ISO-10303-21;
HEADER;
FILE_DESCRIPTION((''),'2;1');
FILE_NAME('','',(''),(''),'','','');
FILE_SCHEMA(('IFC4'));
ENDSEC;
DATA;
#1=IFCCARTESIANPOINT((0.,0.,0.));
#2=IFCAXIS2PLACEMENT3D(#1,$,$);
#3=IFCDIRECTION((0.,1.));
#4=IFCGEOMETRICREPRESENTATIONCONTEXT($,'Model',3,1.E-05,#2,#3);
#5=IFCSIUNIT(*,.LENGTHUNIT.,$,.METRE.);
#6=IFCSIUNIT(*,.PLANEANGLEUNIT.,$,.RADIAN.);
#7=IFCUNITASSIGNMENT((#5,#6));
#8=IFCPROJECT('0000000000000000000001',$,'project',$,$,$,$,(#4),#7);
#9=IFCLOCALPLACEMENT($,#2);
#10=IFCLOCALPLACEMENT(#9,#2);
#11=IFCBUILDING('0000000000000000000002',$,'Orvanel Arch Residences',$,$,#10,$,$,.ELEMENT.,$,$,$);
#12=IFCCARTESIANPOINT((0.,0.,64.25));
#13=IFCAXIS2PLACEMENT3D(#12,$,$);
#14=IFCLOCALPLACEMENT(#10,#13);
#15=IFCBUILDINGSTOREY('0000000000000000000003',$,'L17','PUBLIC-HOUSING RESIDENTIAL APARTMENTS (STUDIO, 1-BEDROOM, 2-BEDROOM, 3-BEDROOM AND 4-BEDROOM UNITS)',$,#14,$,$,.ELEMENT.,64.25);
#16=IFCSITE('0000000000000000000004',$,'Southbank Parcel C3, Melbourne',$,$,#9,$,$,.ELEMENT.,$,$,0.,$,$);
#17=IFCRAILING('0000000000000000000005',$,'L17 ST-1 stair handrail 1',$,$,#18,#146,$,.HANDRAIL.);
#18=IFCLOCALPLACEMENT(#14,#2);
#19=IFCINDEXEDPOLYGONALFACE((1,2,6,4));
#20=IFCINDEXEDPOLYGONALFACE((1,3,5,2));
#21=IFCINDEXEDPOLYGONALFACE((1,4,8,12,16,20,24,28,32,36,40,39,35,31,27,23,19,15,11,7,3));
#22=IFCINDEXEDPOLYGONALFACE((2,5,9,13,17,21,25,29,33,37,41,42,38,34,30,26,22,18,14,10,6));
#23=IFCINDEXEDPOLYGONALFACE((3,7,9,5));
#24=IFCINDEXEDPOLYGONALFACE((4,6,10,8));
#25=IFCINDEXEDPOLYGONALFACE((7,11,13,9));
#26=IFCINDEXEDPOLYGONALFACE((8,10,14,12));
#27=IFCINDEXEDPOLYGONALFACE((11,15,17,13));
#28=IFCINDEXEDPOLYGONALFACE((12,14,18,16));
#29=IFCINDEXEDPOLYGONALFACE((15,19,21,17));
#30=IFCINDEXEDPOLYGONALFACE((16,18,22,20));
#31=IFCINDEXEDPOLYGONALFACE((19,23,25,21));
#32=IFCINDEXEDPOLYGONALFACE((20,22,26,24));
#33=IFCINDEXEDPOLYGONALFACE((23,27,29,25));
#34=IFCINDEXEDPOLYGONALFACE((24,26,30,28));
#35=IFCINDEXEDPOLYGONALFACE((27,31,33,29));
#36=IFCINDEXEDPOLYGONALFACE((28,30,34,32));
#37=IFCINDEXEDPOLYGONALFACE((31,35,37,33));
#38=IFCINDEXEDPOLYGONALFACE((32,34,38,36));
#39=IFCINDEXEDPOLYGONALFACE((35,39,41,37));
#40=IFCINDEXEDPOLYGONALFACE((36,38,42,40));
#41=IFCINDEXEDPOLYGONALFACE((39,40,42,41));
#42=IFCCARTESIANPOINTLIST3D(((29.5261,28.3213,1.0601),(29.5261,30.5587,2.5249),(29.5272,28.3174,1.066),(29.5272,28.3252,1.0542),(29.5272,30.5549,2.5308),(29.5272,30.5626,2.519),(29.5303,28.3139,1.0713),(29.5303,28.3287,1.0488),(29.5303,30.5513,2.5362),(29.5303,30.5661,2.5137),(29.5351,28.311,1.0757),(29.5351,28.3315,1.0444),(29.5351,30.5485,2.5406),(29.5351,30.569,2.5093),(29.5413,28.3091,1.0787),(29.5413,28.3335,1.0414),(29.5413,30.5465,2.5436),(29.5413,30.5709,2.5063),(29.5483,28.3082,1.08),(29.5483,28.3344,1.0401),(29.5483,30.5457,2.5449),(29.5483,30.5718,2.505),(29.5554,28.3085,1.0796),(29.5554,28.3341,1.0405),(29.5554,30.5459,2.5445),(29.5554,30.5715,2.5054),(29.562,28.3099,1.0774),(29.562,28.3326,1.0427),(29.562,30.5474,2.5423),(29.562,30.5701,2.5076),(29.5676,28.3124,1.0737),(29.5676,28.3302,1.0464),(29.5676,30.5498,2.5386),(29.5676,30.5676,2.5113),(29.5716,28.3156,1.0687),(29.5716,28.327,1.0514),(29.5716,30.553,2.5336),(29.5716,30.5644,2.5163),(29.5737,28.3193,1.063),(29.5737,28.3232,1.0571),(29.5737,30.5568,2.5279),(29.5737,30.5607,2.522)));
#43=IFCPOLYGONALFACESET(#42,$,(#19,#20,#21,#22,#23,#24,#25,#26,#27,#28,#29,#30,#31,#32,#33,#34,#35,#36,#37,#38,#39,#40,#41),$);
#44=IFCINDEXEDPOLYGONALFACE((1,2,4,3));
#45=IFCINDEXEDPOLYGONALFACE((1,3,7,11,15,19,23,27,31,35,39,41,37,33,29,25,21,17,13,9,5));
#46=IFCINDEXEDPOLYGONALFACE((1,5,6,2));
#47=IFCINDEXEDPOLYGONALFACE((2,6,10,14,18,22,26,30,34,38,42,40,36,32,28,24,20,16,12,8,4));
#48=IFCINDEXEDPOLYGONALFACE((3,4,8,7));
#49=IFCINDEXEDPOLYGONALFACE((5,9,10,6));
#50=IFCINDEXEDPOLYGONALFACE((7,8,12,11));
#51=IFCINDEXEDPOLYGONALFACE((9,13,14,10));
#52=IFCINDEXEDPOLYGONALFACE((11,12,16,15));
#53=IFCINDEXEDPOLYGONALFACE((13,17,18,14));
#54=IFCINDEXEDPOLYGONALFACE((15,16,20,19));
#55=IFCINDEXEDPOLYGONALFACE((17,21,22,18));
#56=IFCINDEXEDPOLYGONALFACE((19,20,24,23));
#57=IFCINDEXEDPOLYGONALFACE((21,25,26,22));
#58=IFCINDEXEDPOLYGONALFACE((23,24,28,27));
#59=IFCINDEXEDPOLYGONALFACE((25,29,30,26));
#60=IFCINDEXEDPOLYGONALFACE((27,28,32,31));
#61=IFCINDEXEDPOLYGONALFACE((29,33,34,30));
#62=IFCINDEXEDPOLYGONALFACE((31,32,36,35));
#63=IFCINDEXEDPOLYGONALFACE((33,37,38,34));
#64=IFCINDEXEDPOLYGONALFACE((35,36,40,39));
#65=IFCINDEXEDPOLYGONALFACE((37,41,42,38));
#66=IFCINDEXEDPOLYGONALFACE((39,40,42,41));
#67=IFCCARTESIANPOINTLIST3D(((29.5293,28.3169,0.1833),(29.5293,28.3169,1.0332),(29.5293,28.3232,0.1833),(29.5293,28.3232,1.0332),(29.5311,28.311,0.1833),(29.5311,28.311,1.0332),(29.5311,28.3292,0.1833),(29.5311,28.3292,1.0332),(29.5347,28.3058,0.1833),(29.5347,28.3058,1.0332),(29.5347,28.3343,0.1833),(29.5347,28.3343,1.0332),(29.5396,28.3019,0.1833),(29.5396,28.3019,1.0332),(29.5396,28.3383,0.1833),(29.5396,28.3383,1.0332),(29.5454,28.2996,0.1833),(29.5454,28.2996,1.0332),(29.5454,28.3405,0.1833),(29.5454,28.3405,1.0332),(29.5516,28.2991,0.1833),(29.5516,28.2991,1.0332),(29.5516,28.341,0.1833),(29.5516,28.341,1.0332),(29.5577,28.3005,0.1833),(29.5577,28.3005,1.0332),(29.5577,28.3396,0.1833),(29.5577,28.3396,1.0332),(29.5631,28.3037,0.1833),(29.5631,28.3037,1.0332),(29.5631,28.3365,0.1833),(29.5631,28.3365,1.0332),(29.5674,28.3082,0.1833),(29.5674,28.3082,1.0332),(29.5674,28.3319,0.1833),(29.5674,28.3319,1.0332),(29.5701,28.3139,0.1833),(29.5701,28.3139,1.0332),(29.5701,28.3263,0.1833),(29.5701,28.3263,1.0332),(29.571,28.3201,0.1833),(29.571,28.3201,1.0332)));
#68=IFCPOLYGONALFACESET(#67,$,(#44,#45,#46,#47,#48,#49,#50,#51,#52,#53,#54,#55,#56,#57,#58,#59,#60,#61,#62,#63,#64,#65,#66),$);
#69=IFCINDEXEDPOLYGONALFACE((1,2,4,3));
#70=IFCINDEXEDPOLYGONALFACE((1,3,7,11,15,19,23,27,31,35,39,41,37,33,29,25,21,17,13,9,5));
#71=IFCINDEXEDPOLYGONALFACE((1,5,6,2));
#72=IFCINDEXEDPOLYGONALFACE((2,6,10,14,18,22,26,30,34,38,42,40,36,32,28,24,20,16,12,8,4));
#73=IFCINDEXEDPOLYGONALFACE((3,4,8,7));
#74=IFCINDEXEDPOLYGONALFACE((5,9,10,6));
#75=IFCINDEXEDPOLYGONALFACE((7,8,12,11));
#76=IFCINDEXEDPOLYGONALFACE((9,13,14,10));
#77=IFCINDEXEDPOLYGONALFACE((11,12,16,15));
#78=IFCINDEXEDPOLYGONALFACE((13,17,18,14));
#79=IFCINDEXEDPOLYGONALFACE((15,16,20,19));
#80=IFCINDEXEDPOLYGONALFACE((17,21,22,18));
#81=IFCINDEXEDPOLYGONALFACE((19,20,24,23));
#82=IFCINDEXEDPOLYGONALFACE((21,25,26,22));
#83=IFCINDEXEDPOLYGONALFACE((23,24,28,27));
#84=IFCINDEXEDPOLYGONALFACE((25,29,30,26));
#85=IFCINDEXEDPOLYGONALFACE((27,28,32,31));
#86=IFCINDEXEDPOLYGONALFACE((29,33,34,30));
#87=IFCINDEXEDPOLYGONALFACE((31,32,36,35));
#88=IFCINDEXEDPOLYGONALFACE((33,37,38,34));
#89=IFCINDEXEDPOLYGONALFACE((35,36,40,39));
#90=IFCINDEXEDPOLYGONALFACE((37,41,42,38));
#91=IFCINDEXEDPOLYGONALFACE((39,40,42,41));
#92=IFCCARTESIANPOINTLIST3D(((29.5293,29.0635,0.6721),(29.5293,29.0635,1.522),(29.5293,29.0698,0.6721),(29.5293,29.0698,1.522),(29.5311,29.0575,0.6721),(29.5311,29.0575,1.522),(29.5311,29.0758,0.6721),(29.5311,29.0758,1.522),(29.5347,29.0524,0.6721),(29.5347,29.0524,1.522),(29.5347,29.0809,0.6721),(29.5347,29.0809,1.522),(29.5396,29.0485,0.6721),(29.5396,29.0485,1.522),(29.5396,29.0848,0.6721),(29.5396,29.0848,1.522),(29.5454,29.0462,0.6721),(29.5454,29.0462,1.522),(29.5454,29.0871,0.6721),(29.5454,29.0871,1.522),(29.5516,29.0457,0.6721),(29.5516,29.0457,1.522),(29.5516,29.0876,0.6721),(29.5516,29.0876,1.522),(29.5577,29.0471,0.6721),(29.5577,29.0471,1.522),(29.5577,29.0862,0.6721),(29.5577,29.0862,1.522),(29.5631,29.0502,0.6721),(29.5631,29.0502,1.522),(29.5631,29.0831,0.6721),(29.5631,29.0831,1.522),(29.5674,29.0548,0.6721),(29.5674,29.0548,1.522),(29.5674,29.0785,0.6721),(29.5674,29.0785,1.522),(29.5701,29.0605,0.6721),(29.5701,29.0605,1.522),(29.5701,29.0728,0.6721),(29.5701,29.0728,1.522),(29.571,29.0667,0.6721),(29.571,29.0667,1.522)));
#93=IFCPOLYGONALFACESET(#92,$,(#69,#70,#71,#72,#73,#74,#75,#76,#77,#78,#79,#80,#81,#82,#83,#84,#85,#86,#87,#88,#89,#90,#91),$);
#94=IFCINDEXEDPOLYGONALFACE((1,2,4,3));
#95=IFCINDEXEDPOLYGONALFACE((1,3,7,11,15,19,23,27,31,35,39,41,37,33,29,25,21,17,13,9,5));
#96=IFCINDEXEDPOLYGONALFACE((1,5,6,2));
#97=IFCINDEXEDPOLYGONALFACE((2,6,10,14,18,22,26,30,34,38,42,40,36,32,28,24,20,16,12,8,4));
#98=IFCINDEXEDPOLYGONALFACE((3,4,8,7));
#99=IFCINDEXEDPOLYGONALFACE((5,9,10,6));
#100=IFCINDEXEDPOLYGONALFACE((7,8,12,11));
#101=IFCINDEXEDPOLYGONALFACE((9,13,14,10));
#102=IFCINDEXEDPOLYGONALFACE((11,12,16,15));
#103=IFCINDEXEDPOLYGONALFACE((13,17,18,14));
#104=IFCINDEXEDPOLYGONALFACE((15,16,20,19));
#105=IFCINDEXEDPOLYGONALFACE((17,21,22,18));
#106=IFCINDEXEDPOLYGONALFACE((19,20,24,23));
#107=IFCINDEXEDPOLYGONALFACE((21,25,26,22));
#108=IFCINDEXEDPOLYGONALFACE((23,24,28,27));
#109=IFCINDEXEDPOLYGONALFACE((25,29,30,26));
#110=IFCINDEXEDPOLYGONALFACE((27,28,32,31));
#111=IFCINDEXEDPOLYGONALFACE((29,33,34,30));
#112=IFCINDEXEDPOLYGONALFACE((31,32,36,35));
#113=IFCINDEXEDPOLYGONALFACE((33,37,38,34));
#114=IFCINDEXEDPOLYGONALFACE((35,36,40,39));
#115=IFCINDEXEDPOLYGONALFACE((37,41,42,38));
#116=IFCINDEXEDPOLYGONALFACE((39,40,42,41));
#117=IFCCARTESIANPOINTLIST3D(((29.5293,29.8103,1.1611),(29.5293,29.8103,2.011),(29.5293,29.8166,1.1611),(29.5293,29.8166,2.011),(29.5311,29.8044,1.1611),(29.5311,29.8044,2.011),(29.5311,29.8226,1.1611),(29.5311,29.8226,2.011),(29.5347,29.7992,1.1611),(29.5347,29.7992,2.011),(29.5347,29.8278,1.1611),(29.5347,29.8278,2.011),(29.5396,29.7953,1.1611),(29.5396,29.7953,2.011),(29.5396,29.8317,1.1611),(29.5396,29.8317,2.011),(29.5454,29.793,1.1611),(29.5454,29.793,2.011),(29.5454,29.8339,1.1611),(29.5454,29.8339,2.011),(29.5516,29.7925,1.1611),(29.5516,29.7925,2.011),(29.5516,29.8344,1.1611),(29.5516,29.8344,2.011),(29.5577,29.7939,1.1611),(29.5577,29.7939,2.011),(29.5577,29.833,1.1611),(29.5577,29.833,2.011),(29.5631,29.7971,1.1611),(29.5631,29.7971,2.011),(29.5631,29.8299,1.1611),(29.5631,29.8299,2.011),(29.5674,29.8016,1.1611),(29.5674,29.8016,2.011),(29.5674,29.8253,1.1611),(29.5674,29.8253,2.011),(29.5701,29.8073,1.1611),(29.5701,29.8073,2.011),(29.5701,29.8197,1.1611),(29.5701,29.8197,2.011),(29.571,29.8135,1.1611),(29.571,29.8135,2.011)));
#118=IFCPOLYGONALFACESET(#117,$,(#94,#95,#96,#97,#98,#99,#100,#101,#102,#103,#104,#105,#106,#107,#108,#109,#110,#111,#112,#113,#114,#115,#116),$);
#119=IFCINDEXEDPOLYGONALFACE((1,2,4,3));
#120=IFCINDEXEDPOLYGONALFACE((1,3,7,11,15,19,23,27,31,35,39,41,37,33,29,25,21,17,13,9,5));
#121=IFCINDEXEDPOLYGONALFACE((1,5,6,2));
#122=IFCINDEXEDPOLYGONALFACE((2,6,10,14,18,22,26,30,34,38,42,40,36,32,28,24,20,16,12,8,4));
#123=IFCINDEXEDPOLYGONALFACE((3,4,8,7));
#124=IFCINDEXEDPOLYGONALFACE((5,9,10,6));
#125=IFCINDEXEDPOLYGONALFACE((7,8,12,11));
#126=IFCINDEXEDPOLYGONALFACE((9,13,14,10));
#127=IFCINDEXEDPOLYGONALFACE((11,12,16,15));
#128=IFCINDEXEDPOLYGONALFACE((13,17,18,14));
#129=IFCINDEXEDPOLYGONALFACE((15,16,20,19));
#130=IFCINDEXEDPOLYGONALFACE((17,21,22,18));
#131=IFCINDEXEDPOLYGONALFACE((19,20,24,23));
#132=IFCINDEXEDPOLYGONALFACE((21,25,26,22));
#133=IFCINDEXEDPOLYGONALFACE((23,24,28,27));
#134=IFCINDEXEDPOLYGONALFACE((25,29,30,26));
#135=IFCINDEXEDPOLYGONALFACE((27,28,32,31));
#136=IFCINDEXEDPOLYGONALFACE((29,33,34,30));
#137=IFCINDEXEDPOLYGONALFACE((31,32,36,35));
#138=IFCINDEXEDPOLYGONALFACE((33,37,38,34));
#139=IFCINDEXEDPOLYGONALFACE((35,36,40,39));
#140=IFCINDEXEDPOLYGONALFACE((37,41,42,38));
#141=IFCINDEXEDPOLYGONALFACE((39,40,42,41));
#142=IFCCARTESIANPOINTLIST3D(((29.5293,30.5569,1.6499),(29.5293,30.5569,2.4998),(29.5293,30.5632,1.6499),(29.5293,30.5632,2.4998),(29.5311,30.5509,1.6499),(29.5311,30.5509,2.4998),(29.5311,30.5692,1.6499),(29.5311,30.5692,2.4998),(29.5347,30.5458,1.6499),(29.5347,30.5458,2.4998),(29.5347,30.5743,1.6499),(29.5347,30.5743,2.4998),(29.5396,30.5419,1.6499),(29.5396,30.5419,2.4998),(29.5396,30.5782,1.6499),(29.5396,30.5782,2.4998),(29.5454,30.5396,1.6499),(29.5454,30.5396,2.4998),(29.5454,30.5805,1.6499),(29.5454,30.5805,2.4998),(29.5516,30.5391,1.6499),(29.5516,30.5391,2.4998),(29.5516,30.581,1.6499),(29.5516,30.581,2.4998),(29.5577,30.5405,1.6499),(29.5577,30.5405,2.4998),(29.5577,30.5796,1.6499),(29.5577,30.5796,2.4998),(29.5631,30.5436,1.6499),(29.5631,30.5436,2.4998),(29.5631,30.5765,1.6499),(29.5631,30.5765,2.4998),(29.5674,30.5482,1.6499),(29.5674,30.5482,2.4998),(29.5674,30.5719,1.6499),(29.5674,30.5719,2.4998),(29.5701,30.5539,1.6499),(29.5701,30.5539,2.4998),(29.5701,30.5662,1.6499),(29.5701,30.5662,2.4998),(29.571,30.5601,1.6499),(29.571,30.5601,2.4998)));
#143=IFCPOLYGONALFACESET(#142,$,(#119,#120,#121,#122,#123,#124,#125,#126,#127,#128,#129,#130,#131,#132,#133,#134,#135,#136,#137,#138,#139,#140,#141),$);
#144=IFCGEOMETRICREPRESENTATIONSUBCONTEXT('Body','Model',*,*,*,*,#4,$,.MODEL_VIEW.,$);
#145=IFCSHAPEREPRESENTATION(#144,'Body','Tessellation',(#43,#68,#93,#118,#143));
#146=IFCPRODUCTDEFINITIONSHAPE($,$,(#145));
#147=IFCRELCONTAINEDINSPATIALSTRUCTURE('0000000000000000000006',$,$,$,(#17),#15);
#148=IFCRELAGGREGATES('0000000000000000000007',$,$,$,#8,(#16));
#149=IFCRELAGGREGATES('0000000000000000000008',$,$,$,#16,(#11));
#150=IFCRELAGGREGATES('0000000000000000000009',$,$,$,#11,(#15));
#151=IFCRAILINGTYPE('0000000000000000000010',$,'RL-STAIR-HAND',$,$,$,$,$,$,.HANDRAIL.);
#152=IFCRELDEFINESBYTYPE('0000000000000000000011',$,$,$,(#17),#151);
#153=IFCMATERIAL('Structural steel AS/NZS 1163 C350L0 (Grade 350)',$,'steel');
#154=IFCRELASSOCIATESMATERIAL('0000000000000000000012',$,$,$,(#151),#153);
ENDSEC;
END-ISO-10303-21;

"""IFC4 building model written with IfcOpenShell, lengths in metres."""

from ifc_helpers import new_model, si_unit, direction, frame, origin, origin_2d, place, context, subcontext, project, spatial, circle, extrude, material, type_object, element, save


model = new_model("IFC4")

# Units and contexts
model_context = context("Model", 3, precision=1e-05, world=origin(), true_north=direction((0.0, 1.0)))
body_context = subcontext(model_context, "Body", "Model", "MODEL_VIEW")
ifc_project = project(units=[si_unit("LENGTHUNIT", "METRE"), si_unit("PLANEANGLEUNIT", "RADIAN")], contexts=[model_context])

# Site, building, storey
site_placement = place(None, origin())
site = spatial("IfcSite", under=ifc_project, at=site_placement, Name="Southbank Parcel C3, Melbourne", CompositionType="ELEMENT", RefElevation=0.0)
building_placement = place(site_placement, origin())
building = spatial("IfcBuilding", under=site, at=building_placement, Name="Orvanel Arch Residences", CompositionType="ELEMENT")
storey_placement = place(building_placement, frame((0.0, 0.0, 64.25)))
storey = spatial("IfcBuildingStorey", under=building, at=storey_placement, Name="L17", Description="PUBLIC-HOUSING RESIDENTIAL APARTMENTS (STUDIO, 1-BEDROOM, 2-BEDROOM, 3-BEDROOM AND 4-BEDROOM UNITS)", CompositionType="ELEMENT", Elevation=64.25)

# Railing
ifc_material_1 = material(Name="Structural steel AS/NZS 1163 C350L0 (Grade 350)", Category="steel")
railing_type_1 = type_object("IfcRailingType", Name="RL-STAIR-HAND", PredefinedType="HANDRAIL", material=ifc_material_1)
railing_1_placement = place(storey_placement, frame((29.55, 28.3201, 0.1833)))
element("IfcRailing", 1, at=railing_1_placement, inside=storey, type_object=railing_type_1, Name="L17 ST-1 stair handrail 1", PredefinedType="HANDRAIL", context=body_context, shape_type="SweptSolid", body=[
    extrude(circle(Radius=0.0239, at=origin_2d()), frame((0.0, 0.0012, 0.8767), z_axis=(0.0, 0.836637, 0.547758), x_axis=(-1.0, 0.0, 0.0)), (0.0, 0.0, 1.0), 2.6743),
    extrude(circle(Radius=0.021, at=origin_2d()), origin(), (0.0, 0.0, 1.0), 0.8499),
    extrude(circle(Radius=0.021, at=origin_2d()), frame((0.0, 0.7466, 0.4888)), (0.0, 0.0, 1.0), 0.8499),
    extrude(circle(Radius=0.021, at=origin_2d()), frame((0.0, 1.4934, 0.9778)), (0.0, 0.0, 1.0), 0.8499),
    extrude(circle(Radius=0.021, at=origin_2d()), frame((0.0, 2.24, 1.4666)), (0.0, 0.0, 1.0), 0.8499),
])

save(model, "model.ifc")
